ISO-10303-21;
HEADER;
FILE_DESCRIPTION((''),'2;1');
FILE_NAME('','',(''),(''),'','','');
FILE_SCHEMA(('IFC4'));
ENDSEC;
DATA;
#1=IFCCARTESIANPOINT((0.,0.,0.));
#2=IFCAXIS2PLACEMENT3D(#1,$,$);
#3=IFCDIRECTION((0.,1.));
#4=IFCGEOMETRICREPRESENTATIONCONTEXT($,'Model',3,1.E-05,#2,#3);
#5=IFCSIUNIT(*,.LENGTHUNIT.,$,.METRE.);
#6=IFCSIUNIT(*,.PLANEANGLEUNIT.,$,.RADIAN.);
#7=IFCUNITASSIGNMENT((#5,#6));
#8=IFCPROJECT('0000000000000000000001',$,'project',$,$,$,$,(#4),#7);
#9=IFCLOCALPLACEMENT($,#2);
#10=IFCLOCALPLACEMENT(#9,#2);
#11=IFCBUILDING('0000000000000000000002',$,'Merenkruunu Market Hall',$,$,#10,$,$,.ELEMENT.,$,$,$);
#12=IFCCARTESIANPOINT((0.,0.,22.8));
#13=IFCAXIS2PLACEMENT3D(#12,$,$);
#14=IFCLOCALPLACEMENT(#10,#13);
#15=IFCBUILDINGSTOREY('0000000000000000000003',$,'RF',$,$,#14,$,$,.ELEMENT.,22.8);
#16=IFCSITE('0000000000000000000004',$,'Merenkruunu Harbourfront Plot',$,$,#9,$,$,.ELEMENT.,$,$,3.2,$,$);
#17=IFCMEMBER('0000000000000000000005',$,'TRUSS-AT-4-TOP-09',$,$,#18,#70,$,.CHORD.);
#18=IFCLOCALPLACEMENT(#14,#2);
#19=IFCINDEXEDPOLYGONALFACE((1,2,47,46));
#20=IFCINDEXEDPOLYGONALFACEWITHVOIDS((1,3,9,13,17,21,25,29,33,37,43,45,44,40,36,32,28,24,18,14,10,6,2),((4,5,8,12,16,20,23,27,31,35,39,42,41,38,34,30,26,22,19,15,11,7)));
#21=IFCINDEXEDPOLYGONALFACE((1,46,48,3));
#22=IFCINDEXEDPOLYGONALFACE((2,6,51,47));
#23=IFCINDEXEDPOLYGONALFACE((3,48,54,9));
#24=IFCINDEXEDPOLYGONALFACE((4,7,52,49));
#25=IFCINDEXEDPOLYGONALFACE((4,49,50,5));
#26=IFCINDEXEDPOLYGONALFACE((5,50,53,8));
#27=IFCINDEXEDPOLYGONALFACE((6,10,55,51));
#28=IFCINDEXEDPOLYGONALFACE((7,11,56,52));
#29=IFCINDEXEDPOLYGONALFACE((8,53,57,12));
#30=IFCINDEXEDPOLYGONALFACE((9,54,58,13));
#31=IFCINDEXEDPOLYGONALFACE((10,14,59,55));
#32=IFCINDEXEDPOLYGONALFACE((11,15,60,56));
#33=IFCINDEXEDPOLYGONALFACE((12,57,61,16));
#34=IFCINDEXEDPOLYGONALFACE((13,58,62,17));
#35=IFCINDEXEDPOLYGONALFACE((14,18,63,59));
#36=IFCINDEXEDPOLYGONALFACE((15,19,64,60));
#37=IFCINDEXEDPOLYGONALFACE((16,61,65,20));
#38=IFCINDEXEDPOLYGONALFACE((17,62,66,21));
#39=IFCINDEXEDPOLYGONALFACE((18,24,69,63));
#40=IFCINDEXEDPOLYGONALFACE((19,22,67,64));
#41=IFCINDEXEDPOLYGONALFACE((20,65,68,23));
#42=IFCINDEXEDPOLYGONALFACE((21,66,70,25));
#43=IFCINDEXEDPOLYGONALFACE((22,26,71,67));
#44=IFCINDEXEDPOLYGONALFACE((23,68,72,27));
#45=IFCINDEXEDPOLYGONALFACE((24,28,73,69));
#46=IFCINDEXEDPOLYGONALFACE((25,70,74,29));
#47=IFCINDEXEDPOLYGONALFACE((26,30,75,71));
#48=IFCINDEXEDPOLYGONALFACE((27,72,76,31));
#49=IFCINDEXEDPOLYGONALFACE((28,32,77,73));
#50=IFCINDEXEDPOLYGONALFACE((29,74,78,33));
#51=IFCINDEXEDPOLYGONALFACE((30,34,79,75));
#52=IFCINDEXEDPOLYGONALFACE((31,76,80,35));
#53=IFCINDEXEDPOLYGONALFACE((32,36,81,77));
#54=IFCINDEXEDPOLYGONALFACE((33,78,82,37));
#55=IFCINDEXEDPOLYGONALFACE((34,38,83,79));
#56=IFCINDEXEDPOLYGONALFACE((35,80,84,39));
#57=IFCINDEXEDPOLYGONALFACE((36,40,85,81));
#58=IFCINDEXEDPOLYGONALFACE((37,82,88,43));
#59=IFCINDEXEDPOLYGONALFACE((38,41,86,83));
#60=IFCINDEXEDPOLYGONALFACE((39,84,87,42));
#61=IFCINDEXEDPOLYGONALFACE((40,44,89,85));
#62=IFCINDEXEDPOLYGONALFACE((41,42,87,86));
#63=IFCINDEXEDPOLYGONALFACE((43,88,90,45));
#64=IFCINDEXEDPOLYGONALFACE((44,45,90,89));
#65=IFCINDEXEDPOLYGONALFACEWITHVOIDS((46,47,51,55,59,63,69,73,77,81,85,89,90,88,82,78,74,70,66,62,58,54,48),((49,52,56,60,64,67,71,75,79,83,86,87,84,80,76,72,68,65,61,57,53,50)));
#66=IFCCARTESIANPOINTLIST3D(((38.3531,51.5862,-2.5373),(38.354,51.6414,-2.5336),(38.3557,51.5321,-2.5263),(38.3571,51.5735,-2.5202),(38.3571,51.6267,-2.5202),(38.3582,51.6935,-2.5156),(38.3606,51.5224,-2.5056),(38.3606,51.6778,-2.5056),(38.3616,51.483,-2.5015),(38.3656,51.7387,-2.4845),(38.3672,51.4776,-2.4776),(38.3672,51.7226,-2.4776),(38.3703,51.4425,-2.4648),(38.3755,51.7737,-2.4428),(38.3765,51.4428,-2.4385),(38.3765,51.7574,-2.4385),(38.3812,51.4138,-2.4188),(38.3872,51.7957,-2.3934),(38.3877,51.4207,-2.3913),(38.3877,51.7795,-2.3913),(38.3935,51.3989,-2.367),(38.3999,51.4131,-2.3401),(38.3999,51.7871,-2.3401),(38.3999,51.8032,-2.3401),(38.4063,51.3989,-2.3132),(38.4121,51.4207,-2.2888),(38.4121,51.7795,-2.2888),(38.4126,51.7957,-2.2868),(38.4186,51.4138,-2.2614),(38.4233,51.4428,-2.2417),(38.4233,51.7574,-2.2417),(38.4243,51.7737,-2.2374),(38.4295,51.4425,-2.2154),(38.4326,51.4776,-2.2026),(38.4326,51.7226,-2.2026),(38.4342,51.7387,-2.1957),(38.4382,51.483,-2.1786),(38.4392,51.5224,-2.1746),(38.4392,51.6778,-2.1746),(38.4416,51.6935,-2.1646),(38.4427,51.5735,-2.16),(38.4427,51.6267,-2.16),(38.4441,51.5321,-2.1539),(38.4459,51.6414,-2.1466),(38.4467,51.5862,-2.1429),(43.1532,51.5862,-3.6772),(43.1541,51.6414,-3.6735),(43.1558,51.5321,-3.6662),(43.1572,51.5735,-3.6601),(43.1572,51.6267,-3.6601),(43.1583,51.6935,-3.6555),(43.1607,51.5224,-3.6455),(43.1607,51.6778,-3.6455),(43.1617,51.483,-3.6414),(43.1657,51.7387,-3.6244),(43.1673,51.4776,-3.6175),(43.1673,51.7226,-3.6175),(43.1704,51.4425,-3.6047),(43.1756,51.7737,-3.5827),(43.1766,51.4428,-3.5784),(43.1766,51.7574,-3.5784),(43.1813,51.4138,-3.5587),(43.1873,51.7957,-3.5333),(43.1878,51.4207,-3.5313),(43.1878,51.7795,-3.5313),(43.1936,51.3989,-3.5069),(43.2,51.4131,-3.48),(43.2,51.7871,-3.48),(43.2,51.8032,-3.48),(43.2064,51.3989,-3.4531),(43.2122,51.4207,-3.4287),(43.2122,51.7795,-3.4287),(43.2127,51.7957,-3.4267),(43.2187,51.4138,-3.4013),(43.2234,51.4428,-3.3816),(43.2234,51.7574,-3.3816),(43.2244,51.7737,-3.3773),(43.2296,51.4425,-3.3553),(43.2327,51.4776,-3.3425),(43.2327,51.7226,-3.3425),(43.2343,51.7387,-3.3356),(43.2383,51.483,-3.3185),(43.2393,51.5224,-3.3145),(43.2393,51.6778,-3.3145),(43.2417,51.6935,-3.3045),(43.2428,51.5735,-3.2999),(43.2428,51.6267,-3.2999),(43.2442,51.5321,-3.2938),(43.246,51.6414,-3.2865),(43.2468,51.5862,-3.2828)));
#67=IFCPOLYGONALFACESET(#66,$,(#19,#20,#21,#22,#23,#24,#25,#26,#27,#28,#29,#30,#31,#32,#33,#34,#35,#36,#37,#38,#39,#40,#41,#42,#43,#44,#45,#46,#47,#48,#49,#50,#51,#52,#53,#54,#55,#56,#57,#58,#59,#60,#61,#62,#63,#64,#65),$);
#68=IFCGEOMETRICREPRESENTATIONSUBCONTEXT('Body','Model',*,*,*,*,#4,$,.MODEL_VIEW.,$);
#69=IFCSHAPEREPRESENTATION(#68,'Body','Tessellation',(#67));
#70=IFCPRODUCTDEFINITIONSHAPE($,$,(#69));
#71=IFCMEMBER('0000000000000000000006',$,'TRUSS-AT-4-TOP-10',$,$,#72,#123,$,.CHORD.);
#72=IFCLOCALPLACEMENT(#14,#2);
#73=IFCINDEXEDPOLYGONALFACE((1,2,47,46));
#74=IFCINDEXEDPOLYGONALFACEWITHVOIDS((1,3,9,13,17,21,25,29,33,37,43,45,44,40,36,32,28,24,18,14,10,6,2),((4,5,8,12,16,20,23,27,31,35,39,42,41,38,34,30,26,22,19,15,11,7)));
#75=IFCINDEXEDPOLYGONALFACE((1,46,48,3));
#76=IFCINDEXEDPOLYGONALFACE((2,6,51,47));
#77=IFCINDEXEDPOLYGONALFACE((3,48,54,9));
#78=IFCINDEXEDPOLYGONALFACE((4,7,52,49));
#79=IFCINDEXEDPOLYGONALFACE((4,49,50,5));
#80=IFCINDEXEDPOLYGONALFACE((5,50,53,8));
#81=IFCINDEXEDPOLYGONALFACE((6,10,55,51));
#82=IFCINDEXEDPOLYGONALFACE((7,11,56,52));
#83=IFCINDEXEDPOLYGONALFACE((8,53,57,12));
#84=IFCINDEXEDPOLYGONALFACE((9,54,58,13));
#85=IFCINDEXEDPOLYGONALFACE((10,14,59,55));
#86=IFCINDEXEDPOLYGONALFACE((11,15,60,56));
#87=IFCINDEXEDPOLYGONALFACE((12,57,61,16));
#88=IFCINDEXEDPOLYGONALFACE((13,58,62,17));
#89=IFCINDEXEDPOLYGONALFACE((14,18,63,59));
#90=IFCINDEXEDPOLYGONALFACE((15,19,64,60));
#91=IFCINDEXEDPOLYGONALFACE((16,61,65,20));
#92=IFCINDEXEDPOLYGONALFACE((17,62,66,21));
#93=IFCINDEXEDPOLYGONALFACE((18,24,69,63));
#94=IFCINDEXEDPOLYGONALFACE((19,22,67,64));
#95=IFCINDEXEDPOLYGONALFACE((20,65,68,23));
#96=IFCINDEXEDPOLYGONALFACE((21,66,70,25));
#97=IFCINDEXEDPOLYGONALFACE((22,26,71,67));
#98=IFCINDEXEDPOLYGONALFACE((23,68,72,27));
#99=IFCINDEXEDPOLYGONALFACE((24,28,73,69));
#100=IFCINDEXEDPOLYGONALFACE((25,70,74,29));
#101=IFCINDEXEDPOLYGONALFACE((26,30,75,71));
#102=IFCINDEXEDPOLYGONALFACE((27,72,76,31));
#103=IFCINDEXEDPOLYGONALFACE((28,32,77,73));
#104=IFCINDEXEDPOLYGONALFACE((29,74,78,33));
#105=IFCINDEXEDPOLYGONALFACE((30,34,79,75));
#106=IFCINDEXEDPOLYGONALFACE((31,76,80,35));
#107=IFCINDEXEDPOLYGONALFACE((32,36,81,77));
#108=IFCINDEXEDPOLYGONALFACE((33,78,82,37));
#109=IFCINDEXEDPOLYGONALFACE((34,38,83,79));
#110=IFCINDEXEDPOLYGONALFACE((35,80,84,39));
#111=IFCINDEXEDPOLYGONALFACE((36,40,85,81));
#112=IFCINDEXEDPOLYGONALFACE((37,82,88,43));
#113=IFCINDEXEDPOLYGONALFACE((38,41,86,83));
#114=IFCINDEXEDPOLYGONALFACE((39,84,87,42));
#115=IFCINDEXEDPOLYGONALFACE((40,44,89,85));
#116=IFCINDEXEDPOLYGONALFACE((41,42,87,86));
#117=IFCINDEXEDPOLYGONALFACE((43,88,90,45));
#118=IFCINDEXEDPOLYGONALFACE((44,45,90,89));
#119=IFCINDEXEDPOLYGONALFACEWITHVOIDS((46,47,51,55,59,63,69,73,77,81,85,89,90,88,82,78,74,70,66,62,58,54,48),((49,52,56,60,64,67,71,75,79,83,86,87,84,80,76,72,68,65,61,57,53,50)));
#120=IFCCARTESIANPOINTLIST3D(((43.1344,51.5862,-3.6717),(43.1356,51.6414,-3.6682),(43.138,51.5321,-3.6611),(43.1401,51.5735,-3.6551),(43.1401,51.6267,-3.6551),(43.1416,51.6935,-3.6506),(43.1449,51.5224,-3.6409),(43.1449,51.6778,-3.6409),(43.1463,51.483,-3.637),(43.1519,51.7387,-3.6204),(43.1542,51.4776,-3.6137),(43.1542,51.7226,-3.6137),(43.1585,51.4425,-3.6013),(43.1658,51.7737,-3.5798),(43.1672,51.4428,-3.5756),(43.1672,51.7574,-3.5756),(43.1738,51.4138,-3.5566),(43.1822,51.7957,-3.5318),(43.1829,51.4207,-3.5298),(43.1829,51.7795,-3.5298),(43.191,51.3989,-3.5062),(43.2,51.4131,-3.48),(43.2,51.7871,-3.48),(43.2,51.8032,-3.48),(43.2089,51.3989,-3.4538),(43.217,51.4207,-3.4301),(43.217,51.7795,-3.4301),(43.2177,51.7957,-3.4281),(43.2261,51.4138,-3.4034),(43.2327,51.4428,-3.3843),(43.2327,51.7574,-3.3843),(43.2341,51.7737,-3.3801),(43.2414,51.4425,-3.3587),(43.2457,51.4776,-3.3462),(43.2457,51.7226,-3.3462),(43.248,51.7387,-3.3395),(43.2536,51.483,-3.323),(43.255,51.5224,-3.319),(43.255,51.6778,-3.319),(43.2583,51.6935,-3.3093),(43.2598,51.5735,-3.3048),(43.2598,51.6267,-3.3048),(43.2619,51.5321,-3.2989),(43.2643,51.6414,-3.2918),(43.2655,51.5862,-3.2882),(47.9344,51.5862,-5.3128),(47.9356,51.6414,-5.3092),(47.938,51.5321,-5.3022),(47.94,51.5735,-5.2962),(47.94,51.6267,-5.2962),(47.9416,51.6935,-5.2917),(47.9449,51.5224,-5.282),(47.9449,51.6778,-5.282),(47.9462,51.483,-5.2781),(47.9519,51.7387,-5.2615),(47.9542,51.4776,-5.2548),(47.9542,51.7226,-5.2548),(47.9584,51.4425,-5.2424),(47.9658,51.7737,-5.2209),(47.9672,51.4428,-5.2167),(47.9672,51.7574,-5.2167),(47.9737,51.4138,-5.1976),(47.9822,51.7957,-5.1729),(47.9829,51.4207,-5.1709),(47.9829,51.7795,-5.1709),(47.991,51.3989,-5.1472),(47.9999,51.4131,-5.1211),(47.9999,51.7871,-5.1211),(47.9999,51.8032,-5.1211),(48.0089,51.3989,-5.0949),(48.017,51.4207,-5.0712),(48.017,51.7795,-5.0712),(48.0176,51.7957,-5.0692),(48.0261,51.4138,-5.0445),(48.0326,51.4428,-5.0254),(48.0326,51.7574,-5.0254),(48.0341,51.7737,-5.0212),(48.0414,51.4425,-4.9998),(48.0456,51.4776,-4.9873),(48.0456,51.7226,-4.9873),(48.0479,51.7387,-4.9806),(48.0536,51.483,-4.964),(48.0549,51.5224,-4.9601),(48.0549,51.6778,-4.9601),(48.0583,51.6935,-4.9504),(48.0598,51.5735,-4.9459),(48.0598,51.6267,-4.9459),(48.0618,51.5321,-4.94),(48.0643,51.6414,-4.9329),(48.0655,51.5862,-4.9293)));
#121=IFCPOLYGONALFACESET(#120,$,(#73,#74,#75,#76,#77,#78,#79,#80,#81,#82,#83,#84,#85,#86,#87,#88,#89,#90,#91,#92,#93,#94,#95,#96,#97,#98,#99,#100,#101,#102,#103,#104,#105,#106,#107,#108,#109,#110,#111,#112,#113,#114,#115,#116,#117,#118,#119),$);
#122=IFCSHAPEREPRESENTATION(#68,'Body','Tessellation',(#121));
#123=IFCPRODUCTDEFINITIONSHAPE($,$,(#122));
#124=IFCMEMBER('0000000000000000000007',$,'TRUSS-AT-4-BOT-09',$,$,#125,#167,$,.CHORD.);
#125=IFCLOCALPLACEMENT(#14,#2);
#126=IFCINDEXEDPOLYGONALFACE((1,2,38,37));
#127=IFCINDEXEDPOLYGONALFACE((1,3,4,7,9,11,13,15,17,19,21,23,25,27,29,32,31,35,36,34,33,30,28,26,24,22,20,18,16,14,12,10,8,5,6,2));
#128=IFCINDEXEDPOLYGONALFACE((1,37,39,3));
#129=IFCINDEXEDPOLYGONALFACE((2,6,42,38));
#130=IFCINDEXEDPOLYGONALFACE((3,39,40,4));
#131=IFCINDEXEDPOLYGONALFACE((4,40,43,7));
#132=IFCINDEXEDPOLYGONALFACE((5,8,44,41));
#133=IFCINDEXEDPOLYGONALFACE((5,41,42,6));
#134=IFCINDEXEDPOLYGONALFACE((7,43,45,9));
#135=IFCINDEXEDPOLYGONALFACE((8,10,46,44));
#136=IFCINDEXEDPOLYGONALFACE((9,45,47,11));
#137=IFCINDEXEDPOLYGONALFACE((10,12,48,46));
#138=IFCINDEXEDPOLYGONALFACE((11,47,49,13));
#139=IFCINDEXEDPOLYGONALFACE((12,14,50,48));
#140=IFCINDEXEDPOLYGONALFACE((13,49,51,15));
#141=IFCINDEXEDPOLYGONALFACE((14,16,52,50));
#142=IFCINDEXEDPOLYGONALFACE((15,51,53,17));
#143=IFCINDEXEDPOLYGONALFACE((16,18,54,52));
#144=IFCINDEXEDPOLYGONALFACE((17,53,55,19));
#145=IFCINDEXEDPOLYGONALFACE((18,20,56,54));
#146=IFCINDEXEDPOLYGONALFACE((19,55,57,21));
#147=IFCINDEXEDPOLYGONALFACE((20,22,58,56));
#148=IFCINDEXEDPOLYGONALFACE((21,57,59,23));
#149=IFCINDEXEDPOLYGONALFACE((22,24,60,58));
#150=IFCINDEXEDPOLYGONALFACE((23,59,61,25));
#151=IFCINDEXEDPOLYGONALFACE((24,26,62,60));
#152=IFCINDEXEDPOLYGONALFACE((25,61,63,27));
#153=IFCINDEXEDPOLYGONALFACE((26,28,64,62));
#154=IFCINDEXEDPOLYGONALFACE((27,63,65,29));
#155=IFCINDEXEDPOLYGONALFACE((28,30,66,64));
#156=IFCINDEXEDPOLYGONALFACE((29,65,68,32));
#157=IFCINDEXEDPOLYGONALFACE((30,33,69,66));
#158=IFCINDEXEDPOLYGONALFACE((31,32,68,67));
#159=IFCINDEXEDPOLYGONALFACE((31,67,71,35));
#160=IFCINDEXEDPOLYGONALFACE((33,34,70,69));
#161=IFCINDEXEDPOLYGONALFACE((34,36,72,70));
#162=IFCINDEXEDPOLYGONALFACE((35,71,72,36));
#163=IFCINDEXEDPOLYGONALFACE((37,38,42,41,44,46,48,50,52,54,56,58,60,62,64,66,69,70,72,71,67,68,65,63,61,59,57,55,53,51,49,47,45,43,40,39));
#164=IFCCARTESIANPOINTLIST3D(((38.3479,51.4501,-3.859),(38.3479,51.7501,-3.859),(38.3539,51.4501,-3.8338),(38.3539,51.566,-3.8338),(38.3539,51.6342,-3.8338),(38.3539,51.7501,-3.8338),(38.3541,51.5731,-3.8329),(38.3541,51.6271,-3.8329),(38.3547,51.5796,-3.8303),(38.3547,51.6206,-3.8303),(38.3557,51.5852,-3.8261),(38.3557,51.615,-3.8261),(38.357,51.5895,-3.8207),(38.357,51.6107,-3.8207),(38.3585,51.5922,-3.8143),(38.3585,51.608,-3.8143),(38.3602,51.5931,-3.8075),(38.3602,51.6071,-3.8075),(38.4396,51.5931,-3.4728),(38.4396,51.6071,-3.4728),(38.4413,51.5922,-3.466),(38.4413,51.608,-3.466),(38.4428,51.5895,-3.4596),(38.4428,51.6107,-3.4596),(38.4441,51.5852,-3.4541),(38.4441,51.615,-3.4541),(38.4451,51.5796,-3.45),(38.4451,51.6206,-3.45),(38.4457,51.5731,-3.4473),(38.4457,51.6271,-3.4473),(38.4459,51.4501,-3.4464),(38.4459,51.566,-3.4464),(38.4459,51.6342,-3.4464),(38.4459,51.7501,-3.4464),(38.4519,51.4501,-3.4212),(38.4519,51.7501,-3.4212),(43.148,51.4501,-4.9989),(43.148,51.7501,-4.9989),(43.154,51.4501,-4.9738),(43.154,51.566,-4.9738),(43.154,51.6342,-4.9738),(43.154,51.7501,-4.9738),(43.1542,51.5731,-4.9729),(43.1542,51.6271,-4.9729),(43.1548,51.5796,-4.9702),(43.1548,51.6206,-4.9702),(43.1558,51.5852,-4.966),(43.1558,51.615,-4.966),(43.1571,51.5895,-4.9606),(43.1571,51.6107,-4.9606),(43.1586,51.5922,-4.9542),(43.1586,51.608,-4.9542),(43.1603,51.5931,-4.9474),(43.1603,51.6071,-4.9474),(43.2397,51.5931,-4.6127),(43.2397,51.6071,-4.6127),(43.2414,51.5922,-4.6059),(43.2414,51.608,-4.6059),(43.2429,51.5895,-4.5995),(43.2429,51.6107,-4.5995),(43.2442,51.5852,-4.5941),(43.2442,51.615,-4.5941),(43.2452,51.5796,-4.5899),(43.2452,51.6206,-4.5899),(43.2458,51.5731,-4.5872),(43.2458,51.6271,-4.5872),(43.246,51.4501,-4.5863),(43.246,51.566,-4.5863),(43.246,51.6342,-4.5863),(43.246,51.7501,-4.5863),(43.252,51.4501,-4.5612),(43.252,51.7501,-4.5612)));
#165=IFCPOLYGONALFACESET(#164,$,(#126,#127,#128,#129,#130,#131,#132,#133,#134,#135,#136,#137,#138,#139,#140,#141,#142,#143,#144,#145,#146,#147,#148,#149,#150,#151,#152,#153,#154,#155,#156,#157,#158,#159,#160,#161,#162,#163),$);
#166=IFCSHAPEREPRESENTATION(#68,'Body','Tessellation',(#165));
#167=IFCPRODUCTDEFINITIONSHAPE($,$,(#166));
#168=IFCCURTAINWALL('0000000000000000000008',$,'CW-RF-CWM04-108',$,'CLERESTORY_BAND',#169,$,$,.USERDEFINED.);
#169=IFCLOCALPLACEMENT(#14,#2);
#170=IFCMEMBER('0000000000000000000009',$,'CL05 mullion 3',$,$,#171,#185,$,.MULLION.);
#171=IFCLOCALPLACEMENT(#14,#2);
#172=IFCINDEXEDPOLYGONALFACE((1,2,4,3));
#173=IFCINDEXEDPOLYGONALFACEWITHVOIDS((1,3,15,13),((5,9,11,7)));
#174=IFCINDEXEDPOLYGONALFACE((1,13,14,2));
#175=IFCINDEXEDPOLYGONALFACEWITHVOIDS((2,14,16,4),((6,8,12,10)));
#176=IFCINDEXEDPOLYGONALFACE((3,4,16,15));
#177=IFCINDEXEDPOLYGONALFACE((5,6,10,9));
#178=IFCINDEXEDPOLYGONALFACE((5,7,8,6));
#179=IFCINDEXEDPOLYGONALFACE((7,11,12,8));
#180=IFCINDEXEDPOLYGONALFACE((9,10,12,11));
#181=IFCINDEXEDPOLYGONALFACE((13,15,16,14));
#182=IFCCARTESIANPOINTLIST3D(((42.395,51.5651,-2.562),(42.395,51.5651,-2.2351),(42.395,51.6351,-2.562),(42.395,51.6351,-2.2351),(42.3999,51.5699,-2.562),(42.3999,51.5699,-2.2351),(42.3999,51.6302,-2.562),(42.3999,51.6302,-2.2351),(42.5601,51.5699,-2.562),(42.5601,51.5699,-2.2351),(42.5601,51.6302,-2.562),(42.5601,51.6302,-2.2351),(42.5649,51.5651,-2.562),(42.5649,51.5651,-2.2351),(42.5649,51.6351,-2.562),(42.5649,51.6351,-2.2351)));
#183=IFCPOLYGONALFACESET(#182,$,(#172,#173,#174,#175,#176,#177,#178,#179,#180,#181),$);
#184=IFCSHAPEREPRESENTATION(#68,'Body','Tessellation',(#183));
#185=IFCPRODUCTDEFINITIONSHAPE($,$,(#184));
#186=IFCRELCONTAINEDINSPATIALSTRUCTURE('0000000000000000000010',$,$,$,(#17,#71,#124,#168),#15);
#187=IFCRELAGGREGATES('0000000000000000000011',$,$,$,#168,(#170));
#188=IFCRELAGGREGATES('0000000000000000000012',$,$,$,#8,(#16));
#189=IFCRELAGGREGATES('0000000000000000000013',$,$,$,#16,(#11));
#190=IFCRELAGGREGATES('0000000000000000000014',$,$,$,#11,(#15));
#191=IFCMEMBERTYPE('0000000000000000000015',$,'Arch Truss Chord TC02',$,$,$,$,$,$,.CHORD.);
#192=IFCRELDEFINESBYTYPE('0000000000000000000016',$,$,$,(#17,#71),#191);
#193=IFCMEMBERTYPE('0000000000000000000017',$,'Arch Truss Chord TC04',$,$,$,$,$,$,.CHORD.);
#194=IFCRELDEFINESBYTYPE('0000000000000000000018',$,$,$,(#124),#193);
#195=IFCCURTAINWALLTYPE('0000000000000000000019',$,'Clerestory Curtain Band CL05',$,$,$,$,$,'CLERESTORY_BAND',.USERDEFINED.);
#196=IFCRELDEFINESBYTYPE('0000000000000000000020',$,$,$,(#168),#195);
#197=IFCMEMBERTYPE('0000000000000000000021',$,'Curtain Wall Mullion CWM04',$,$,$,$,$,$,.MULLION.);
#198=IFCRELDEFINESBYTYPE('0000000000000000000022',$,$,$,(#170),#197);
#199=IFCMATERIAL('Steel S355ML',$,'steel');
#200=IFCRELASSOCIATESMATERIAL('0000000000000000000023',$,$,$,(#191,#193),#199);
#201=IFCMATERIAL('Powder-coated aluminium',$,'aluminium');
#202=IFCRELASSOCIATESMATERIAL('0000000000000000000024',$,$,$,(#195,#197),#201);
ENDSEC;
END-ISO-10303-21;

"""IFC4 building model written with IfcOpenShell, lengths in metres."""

from ifc_helpers import new_model, si_unit, direction, frame, origin, origin_2d, place, context, subcontext, project, spatial, hollow_rectangle, hollow_circle, i_section, extrude, material, material_profile, profile_set, type_object, element, aggregate, save


model = new_model("IFC4")

# Units and contexts
model_context = context("Model", 3, precision=1e-05, world=origin(), true_north=direction((0.0, 1.0)))
body_context = subcontext(model_context, "Body", "Model", "MODEL_VIEW")
ifc_project = project(units=[si_unit("LENGTHUNIT", "METRE"), si_unit("PLANEANGLEUNIT", "RADIAN")], contexts=[model_context])

# Site, building, storey
site_placement = place(None, origin())
site = spatial("IfcSite", under=ifc_project, at=site_placement, Name="Merenkruunu Harbourfront Plot", CompositionType="ELEMENT", RefElevation=3.2)
building_placement = place(site_placement, origin())
building = spatial("IfcBuilding", under=site, at=building_placement, Name="Merenkruunu Market Hall", CompositionType="ELEMENT")
storey_placement = place(building_placement, frame((0.0, 0.0, 22.8)))
storey = spatial("IfcBuildingStorey", under=building, at=storey_placement, Name="RF", CompositionType="ELEMENT", Elevation=22.8)

# Members
ifc_material_1 = material(Name="Steel S355ML", Category="steel")
ifc_material_profile_1 = material_profile(ifc_material_1, hollow_circle(Radius=0.2031, WallThickness=0.0161, at=origin_2d()), Name="CHS 406.4x16")
ifc_profile_set_1 = profile_set([ifc_material_profile_1], Name="Steel S355ML")
member_type_1 = type_object("IfcMemberType", Name="Arch Truss Chord TC02", PredefinedType="CHORD", material=ifc_profile_set_1)
member_1_placement = place(storey_placement, frame((38.3999, 51.6001, -2.3401), z_axis=(0.972942, 0.0, -0.23105), x_axis=(0.0, 1.0, 0.0)))
element("IfcMember", 1, at=member_1_placement, inside=storey, type_object=member_type_1, Name="TRUSS-AT-4-TOP-09", PredefinedType="CHORD", context=body_context, shape_type="SweptSolid", body=[
    extrude(hollow_circle(Radius=0.2031, WallThickness=0.0161, at=origin_2d()), origin(), (0.0, 0.0, 1.0), 4.9336),
])
member_2_placement = place(storey_placement, frame((43.2, 51.6001, -3.48), z_axis=(0.946225, 0.0, -0.32351), x_axis=(0.0, 1.0, 0.0)))
element("IfcMember", 2, at=member_2_placement, inside=storey, type_object=member_type_1, Name="TRUSS-AT-4-TOP-10", PredefinedType="CHORD", context=body_context, shape_type="SweptSolid", body=[
    extrude(hollow_circle(Radius=0.2031, WallThickness=0.0161, at=origin_2d()), origin(), (0.0, 0.0, 1.0), 5.0728),
])
ifc_material_profile_2 = material_profile(ifc_material_1, i_section(OverallWidth=0.3, OverallDepth=0.45, WebThickness=0.0139, FlangeThickness=0.0259, FilletRadius=0.0271, at=origin_2d()), Name="HEB 450")
ifc_profile_set_2 = profile_set([ifc_material_profile_2], Name="Steel S355ML")
member_type_2 = type_object("IfcMemberType", Name="Arch Truss Chord TC04", PredefinedType="CHORD", material=ifc_profile_set_2)
member_3_placement = place(storey_placement, frame((38.3999, 51.6001, -3.6401), z_axis=(0.972942, 0.0, -0.23105), x_axis=(0.0, 1.0, 0.0)))
element("IfcMember", 3, at=member_3_placement, inside=storey, type_object=member_type_2, Name="TRUSS-AT-4-BOT-09", PredefinedType="CHORD", context=body_context, shape_type="SweptSolid", body=[
    extrude(i_section(OverallWidth=0.3, OverallDepth=0.45, WebThickness=0.0139, FlangeThickness=0.0259, FilletRadius=0.0271, at=origin_2d()), origin(), (0.0, 0.0, 1.0), 4.9336),
])

# Curtain wall, member
ifc_material_2 = material(Name="Powder-coated aluminium", Category="aluminium")
curtain_wall_type = type_object("IfcCurtainWallType", Name="Clerestory Curtain Band CL05", ElementType="CLERESTORY_BAND", PredefinedType="USERDEFINED", material=ifc_material_2)
curtain_wall_1_placement = place(storey_placement, origin())
curtain_wall_1 = element("IfcCurtainWall", 4, at=curtain_wall_1_placement, inside=storey, type_object=curtain_wall_type, Name="CW-RF-CWM04-108", ObjectType="CLERESTORY_BAND", PredefinedType="USERDEFINED")
ifc_material_profile_3 = material_profile(ifc_material_2, hollow_rectangle(XDim=0.0701, YDim=0.1699, WallThickness=0.0049, at=origin_2d()), Name="ALU 70x170x5")
ifc_profile_set_3 = profile_set([ifc_material_profile_3], Name="Powder-coated aluminium")
member_type_3 = type_object("IfcMemberType", Name="Curtain Wall Mullion CWM04", PredefinedType="MULLION", material=ifc_profile_set_3)
member_4_placement = place(storey_placement, frame((42.48, 51.6001, -2.562), z_axis=(0.0, 0.0, 1.0), x_axis=(0.0, -1.0, 0.0)))
member_4 = element("IfcMember", 5, at=member_4_placement, type_object=member_type_3, Name="CL05 mullion 3", PredefinedType="MULLION", context=body_context, shape_type="SweptSolid", body=[
    extrude(hollow_rectangle(XDim=0.0701, YDim=0.1699, WallThickness=0.0049, at=origin_2d()), origin(), (0.0, 0.0, 1.0), 0.3269),
])

aggregate(curtain_wall_1, [member_4])

save(model, "model.ifc")
